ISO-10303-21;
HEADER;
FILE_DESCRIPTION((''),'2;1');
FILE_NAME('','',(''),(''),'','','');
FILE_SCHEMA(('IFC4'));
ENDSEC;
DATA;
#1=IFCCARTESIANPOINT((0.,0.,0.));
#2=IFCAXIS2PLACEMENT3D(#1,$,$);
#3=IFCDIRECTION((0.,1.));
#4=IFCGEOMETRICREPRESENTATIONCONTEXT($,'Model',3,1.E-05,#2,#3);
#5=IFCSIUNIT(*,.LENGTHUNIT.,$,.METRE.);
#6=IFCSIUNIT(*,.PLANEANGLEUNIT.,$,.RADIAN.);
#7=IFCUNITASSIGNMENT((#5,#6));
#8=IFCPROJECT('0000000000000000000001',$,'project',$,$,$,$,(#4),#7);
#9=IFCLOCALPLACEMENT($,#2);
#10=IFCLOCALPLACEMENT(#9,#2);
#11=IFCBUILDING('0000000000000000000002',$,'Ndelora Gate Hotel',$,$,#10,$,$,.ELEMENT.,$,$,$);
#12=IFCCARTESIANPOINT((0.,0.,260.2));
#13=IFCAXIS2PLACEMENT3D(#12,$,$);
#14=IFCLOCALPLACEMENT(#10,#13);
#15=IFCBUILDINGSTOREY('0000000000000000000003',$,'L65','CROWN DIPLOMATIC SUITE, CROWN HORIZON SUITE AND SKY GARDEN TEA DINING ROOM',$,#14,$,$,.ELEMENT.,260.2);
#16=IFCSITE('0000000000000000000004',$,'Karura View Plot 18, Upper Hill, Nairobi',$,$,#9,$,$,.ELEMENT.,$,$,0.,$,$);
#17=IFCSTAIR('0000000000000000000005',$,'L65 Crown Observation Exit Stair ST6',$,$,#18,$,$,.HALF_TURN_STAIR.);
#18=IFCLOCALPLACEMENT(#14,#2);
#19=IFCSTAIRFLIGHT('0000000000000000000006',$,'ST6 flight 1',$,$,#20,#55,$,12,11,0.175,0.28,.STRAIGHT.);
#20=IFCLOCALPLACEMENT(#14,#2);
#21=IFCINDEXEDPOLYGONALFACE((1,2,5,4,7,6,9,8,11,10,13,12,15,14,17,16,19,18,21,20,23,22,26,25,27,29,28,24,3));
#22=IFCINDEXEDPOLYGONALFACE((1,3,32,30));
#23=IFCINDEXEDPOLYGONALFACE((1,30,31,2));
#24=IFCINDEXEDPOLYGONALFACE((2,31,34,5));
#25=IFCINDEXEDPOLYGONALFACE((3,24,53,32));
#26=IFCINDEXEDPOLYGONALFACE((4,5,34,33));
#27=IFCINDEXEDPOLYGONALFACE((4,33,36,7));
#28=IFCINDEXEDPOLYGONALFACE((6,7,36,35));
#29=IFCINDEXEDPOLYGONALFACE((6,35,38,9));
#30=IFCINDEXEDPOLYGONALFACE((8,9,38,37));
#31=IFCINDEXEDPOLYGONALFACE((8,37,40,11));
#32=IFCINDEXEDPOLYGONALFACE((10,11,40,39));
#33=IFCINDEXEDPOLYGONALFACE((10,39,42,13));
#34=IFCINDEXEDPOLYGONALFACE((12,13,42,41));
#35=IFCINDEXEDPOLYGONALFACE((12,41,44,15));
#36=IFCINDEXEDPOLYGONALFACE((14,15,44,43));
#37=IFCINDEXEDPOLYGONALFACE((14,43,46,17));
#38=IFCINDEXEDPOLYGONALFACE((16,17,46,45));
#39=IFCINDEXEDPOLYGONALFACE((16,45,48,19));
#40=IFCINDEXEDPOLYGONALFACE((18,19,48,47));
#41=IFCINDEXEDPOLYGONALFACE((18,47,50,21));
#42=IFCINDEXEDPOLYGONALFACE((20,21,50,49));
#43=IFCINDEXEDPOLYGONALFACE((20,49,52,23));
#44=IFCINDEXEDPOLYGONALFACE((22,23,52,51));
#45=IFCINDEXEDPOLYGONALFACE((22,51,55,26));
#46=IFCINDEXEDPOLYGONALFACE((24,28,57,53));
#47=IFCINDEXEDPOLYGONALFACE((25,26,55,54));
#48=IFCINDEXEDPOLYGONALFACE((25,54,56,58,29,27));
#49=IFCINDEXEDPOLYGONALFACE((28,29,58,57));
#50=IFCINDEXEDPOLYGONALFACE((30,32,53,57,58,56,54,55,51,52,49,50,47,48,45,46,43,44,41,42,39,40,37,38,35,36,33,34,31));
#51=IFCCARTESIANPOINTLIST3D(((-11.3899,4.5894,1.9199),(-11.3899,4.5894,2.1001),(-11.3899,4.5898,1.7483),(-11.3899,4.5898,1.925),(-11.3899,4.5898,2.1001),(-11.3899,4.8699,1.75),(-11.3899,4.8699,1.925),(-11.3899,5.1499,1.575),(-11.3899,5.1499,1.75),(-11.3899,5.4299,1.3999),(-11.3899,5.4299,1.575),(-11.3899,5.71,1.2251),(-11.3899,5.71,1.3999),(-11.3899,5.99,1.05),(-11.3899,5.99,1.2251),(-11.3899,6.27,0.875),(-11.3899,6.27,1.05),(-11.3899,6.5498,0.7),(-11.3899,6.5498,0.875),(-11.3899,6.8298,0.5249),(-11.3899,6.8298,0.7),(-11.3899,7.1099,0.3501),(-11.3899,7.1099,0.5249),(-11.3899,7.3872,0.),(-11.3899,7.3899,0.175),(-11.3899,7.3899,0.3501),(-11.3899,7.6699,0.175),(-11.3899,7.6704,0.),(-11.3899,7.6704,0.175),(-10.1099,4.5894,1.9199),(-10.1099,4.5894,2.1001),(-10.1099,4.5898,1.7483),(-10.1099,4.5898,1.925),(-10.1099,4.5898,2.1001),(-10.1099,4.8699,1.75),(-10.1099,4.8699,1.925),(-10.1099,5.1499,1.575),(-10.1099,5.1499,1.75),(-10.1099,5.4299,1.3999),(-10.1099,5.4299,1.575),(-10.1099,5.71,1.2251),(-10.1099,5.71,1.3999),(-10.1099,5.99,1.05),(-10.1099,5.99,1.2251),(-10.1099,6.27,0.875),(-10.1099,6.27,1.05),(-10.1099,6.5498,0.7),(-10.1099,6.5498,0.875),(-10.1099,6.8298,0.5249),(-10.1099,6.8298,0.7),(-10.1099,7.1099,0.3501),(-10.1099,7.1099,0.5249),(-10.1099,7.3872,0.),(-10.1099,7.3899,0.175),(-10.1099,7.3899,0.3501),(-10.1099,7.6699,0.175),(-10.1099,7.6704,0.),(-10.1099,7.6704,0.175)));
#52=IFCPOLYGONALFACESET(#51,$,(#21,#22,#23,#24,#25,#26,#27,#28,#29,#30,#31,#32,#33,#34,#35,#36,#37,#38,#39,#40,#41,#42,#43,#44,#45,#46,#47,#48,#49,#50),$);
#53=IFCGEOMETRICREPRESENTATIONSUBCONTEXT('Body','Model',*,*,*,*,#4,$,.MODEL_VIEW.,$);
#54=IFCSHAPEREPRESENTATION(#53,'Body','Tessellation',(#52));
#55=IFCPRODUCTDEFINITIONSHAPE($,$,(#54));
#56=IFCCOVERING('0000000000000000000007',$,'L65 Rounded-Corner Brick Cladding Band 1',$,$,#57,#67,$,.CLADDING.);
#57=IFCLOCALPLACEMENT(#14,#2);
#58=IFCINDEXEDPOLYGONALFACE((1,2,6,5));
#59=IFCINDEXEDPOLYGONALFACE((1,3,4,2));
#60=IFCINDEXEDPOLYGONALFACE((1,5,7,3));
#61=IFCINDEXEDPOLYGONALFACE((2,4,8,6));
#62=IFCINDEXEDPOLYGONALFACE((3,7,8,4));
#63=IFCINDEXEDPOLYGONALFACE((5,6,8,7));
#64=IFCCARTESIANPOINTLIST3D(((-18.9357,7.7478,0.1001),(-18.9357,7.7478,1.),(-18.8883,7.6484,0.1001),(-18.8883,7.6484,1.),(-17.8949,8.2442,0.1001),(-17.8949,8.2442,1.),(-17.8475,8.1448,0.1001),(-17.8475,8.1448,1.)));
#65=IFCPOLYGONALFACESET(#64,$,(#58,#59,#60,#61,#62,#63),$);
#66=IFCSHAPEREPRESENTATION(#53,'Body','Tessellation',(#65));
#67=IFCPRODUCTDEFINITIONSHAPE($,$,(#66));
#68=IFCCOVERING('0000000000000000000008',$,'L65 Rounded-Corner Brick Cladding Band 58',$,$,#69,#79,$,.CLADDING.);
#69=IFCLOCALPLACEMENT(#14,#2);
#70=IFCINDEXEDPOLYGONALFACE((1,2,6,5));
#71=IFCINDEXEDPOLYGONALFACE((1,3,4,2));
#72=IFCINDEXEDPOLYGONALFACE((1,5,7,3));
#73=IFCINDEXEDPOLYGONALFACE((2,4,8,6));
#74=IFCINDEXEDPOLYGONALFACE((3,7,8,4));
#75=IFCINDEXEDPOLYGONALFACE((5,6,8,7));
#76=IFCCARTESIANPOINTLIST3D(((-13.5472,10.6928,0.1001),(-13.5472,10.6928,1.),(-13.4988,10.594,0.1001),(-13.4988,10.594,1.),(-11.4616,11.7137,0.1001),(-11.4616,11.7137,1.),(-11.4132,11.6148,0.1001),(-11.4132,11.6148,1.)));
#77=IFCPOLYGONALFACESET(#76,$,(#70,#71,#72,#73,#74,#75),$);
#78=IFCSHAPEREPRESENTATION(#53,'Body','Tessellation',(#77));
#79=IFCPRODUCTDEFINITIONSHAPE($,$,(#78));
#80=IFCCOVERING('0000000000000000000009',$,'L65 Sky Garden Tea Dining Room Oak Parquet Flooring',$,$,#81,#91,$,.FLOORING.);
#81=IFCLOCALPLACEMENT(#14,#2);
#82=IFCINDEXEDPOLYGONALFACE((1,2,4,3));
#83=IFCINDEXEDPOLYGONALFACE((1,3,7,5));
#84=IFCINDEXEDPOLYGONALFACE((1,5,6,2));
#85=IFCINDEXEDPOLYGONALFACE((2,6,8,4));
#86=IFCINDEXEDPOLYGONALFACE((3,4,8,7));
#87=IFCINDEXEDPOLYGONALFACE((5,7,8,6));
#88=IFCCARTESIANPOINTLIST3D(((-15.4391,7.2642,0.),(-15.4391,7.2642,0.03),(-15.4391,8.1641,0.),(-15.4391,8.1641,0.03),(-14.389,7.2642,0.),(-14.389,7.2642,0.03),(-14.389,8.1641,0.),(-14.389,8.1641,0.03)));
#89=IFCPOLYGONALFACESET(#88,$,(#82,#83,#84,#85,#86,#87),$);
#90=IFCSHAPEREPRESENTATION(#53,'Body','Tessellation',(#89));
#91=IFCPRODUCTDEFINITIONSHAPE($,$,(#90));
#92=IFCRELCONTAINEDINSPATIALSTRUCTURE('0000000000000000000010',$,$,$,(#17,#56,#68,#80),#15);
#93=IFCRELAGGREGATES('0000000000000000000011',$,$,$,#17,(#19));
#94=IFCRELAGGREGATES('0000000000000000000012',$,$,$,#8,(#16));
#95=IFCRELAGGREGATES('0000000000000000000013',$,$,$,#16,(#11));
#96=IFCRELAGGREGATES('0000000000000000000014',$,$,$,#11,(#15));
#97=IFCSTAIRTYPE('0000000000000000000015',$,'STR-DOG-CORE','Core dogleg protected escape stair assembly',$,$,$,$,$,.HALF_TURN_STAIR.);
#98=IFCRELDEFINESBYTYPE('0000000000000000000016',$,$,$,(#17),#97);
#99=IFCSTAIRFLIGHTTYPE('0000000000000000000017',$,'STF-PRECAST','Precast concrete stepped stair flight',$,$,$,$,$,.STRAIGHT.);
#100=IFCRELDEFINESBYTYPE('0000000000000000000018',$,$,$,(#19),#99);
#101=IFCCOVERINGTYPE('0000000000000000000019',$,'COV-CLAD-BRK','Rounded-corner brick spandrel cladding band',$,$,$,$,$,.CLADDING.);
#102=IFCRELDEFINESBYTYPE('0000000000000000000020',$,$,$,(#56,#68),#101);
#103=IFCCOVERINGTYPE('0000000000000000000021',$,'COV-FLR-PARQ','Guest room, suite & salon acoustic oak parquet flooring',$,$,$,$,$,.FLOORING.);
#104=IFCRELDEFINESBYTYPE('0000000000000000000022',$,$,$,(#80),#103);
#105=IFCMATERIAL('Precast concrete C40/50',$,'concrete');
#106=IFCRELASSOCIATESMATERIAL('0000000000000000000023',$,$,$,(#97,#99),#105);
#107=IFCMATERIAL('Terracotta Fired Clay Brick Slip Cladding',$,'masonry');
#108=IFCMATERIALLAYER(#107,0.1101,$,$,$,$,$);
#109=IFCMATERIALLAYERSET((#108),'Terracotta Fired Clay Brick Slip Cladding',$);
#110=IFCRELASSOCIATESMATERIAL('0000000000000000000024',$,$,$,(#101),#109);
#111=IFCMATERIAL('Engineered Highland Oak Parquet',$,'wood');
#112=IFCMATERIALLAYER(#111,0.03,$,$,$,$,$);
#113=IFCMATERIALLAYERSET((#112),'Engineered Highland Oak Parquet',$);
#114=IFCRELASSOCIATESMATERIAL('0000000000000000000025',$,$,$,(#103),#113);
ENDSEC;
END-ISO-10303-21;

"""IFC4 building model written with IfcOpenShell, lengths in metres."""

from ifc_helpers import new_model, si_unit, direction, frame, origin, origin_2d, place, context, subcontext, project, spatial, polyline, rectangle, outline, extrude, material, layer, layer_set, type_object, element, aggregate, save


model = new_model("IFC4")

# Units and contexts
model_context = context("Model", 3, precision=1e-05, world=origin(), true_north=direction((0.0, 1.0)))
body_context = subcontext(model_context, "Body", "Model", "MODEL_VIEW")
ifc_project = project(units=[si_unit("LENGTHUNIT", "METRE"), si_unit("PLANEANGLEUNIT", "RADIAN")], contexts=[model_context])

# Site, building, storey
site_placement = place(None, origin())
site = spatial("IfcSite", under=ifc_project, at=site_placement, Name="Karura View Plot 18, Upper Hill, Nairobi", CompositionType="ELEMENT", RefElevation=0.0)
building_placement = place(site_placement, origin())
building = spatial("IfcBuilding", under=site, at=building_placement, Name="Ndelora Gate Hotel", CompositionType="ELEMENT")
storey_placement = place(building_placement, frame((0.0, 0.0, 260.2)))
storey = spatial("IfcBuildingStorey", under=building, at=storey_placement, Name="L65", Description="CROWN DIPLOMATIC SUITE, CROWN HORIZON SUITE AND SKY GARDEN TEA DINING ROOM", CompositionType="ELEMENT", Elevation=260.2)

# Stair, stair flight
ifc_material_1 = material(Name="Precast concrete C40/50", Category="concrete")
stair_type = type_object("IfcStairType", Name="STR-DOG-CORE", Description="Core dogleg protected escape stair assembly", PredefinedType="HALF_TURN_STAIR", material=ifc_material_1)
stair_placement = place(storey_placement, origin())
stair = element("IfcStair", 1, at=stair_placement, inside=storey, type_object=stair_type, Name="L65 Crown Observation Exit Stair ST6", PredefinedType="HALF_TURN_STAIR")
stair_flight_type = type_object("IfcStairFlightType", Name="STF-PRECAST", Description="Precast concrete stepped stair flight", PredefinedType="STRAIGHT", material=ifc_material_1)
stair_flight_placement = place(storey_placement, frame((-10.75, 7.6699, 0.0), z_axis=(0.0, 0.0, 1.0), x_axis=(0.0, -1.0, 0.0)))
stair_flight = element("IfcStairFlight", 2, at=stair_flight_placement, type_object=stair_flight_type, Name="ST6 flight 1", NumberOfRisers=12, NumberOfTreads=11, PredefinedType="STRAIGHT", RiserHeight=0.175, TreadLength=0.28, context=body_context, shape_type="SweptSolid", body=[
    extrude(outline(polyline([(-0.0005, 0.0), (-0.0005, 0.175), (0.0, 0.175), (0.28, 0.175), (0.28, 0.3501), (0.5601, 0.3501), (0.5601, 0.5249), (0.8401, 0.5249), (0.8401, 0.7), (1.1201, 0.7), (1.1201, 0.875), (1.3999, 0.875), (1.3999, 1.05), (1.6799, 1.05), (1.6799, 1.2251), (1.96, 1.2251), (1.96, 1.3999), (2.24, 1.3999), (2.24, 1.575), (2.52, 1.575), (2.52, 1.75), (2.8, 1.75), (2.8, 1.925), (3.0801, 1.925), (3.0801, 2.1001), (3.0806, 2.1001), (3.0806, 1.9199), (3.0801, 1.7483), (0.2827, 0.0), (-0.0005, 0.0)])), frame((0.0, 0.6401, 0.0), z_axis=(0.0, -1.0, 0.0), x_axis=(1.0, 0.0, 0.0)), (0.0, 0.0, 1.0), 1.28),
])
aggregate(stair, [stair_flight])

# Coverings
ifc_material_2 = material(Name="Terracotta Fired Clay Brick Slip Cladding", Category="masonry")
ifc_layer_1 = layer(ifc_material_2, 0.1101)
ifc_layer_set_1 = layer_set([ifc_layer_1], Name="Terracotta Fired Clay Brick Slip Cladding")
covering_type_1 = type_object("IfcCoveringType", Name="COV-CLAD-BRK", Description="Rounded-corner brick spandrel cladding band", PredefinedType="CLADDING", material=ifc_layer_set_1)
covering_1_placement = place(storey_placement, frame((-18.3916, 7.9463, 0.1001), z_axis=(0.0, 0.0, 1.0), x_axis=(0.902585, 0.430511, 0.0)))
element("IfcCovering", 3, at=covering_1_placement, inside=storey, type_object=covering_type_1, Name="L65 Rounded-Corner Brick Cladding Band 1", PredefinedType="CLADDING", context=body_context, shape_type="SweptSolid", body=[
    extrude(rectangle(XDim=1.1531, YDim=0.1101, at=origin_2d()), origin(), (0.0, 0.0, 1.0), 0.8999),
])
covering_2_placement = place(storey_placement, frame((-12.4802, 11.1538, 0.1001), z_axis=(0.0, 0.0, 1.0), x_axis=(0.898181, 0.439626, 0.0)))
element("IfcCovering", 4, at=covering_2_placement, inside=storey, type_object=covering_type_1, Name="L65 Rounded-Corner Brick Cladding Band 58", PredefinedType="CLADDING", context=body_context, shape_type="SweptSolid", body=[
    extrude(rectangle(XDim=2.322, YDim=0.1101, at=origin_2d()), origin(), (0.0, 0.0, 1.0), 0.8999),
])
ifc_material_3 = material(Name="Engineered Highland Oak Parquet", Category="wood")
ifc_layer_2 = layer(ifc_material_3, 0.03)
ifc_layer_set_2 = layer_set([ifc_layer_2], Name="Engineered Highland Oak Parquet")
covering_type_2 = type_object("IfcCoveringType", Name="COV-FLR-PARQ", Description="Guest room, suite & salon acoustic oak parquet flooring", PredefinedType="FLOORING", material=ifc_layer_set_2)
covering_3_placement = place(storey_placement, frame((-14.9141, 7.7141, 0.0), z_axis=(0.0, 0.0, 1.0), x_axis=(1.0, 0.0, 0.0)))
element("IfcCovering", 5, at=covering_3_placement, inside=storey, type_object=covering_type_2, Name="L65 Sky Garden Tea Dining Room Oak Parquet Flooring", PredefinedType="FLOORING", context=body_context, shape_type="SweptSolid", body=[
    extrude(rectangle(XDim=1.05, YDim=0.8999, at=origin_2d()), origin(), (0.0, 0.0, 1.0), 0.03),
])

save(model, "model.ifc")
